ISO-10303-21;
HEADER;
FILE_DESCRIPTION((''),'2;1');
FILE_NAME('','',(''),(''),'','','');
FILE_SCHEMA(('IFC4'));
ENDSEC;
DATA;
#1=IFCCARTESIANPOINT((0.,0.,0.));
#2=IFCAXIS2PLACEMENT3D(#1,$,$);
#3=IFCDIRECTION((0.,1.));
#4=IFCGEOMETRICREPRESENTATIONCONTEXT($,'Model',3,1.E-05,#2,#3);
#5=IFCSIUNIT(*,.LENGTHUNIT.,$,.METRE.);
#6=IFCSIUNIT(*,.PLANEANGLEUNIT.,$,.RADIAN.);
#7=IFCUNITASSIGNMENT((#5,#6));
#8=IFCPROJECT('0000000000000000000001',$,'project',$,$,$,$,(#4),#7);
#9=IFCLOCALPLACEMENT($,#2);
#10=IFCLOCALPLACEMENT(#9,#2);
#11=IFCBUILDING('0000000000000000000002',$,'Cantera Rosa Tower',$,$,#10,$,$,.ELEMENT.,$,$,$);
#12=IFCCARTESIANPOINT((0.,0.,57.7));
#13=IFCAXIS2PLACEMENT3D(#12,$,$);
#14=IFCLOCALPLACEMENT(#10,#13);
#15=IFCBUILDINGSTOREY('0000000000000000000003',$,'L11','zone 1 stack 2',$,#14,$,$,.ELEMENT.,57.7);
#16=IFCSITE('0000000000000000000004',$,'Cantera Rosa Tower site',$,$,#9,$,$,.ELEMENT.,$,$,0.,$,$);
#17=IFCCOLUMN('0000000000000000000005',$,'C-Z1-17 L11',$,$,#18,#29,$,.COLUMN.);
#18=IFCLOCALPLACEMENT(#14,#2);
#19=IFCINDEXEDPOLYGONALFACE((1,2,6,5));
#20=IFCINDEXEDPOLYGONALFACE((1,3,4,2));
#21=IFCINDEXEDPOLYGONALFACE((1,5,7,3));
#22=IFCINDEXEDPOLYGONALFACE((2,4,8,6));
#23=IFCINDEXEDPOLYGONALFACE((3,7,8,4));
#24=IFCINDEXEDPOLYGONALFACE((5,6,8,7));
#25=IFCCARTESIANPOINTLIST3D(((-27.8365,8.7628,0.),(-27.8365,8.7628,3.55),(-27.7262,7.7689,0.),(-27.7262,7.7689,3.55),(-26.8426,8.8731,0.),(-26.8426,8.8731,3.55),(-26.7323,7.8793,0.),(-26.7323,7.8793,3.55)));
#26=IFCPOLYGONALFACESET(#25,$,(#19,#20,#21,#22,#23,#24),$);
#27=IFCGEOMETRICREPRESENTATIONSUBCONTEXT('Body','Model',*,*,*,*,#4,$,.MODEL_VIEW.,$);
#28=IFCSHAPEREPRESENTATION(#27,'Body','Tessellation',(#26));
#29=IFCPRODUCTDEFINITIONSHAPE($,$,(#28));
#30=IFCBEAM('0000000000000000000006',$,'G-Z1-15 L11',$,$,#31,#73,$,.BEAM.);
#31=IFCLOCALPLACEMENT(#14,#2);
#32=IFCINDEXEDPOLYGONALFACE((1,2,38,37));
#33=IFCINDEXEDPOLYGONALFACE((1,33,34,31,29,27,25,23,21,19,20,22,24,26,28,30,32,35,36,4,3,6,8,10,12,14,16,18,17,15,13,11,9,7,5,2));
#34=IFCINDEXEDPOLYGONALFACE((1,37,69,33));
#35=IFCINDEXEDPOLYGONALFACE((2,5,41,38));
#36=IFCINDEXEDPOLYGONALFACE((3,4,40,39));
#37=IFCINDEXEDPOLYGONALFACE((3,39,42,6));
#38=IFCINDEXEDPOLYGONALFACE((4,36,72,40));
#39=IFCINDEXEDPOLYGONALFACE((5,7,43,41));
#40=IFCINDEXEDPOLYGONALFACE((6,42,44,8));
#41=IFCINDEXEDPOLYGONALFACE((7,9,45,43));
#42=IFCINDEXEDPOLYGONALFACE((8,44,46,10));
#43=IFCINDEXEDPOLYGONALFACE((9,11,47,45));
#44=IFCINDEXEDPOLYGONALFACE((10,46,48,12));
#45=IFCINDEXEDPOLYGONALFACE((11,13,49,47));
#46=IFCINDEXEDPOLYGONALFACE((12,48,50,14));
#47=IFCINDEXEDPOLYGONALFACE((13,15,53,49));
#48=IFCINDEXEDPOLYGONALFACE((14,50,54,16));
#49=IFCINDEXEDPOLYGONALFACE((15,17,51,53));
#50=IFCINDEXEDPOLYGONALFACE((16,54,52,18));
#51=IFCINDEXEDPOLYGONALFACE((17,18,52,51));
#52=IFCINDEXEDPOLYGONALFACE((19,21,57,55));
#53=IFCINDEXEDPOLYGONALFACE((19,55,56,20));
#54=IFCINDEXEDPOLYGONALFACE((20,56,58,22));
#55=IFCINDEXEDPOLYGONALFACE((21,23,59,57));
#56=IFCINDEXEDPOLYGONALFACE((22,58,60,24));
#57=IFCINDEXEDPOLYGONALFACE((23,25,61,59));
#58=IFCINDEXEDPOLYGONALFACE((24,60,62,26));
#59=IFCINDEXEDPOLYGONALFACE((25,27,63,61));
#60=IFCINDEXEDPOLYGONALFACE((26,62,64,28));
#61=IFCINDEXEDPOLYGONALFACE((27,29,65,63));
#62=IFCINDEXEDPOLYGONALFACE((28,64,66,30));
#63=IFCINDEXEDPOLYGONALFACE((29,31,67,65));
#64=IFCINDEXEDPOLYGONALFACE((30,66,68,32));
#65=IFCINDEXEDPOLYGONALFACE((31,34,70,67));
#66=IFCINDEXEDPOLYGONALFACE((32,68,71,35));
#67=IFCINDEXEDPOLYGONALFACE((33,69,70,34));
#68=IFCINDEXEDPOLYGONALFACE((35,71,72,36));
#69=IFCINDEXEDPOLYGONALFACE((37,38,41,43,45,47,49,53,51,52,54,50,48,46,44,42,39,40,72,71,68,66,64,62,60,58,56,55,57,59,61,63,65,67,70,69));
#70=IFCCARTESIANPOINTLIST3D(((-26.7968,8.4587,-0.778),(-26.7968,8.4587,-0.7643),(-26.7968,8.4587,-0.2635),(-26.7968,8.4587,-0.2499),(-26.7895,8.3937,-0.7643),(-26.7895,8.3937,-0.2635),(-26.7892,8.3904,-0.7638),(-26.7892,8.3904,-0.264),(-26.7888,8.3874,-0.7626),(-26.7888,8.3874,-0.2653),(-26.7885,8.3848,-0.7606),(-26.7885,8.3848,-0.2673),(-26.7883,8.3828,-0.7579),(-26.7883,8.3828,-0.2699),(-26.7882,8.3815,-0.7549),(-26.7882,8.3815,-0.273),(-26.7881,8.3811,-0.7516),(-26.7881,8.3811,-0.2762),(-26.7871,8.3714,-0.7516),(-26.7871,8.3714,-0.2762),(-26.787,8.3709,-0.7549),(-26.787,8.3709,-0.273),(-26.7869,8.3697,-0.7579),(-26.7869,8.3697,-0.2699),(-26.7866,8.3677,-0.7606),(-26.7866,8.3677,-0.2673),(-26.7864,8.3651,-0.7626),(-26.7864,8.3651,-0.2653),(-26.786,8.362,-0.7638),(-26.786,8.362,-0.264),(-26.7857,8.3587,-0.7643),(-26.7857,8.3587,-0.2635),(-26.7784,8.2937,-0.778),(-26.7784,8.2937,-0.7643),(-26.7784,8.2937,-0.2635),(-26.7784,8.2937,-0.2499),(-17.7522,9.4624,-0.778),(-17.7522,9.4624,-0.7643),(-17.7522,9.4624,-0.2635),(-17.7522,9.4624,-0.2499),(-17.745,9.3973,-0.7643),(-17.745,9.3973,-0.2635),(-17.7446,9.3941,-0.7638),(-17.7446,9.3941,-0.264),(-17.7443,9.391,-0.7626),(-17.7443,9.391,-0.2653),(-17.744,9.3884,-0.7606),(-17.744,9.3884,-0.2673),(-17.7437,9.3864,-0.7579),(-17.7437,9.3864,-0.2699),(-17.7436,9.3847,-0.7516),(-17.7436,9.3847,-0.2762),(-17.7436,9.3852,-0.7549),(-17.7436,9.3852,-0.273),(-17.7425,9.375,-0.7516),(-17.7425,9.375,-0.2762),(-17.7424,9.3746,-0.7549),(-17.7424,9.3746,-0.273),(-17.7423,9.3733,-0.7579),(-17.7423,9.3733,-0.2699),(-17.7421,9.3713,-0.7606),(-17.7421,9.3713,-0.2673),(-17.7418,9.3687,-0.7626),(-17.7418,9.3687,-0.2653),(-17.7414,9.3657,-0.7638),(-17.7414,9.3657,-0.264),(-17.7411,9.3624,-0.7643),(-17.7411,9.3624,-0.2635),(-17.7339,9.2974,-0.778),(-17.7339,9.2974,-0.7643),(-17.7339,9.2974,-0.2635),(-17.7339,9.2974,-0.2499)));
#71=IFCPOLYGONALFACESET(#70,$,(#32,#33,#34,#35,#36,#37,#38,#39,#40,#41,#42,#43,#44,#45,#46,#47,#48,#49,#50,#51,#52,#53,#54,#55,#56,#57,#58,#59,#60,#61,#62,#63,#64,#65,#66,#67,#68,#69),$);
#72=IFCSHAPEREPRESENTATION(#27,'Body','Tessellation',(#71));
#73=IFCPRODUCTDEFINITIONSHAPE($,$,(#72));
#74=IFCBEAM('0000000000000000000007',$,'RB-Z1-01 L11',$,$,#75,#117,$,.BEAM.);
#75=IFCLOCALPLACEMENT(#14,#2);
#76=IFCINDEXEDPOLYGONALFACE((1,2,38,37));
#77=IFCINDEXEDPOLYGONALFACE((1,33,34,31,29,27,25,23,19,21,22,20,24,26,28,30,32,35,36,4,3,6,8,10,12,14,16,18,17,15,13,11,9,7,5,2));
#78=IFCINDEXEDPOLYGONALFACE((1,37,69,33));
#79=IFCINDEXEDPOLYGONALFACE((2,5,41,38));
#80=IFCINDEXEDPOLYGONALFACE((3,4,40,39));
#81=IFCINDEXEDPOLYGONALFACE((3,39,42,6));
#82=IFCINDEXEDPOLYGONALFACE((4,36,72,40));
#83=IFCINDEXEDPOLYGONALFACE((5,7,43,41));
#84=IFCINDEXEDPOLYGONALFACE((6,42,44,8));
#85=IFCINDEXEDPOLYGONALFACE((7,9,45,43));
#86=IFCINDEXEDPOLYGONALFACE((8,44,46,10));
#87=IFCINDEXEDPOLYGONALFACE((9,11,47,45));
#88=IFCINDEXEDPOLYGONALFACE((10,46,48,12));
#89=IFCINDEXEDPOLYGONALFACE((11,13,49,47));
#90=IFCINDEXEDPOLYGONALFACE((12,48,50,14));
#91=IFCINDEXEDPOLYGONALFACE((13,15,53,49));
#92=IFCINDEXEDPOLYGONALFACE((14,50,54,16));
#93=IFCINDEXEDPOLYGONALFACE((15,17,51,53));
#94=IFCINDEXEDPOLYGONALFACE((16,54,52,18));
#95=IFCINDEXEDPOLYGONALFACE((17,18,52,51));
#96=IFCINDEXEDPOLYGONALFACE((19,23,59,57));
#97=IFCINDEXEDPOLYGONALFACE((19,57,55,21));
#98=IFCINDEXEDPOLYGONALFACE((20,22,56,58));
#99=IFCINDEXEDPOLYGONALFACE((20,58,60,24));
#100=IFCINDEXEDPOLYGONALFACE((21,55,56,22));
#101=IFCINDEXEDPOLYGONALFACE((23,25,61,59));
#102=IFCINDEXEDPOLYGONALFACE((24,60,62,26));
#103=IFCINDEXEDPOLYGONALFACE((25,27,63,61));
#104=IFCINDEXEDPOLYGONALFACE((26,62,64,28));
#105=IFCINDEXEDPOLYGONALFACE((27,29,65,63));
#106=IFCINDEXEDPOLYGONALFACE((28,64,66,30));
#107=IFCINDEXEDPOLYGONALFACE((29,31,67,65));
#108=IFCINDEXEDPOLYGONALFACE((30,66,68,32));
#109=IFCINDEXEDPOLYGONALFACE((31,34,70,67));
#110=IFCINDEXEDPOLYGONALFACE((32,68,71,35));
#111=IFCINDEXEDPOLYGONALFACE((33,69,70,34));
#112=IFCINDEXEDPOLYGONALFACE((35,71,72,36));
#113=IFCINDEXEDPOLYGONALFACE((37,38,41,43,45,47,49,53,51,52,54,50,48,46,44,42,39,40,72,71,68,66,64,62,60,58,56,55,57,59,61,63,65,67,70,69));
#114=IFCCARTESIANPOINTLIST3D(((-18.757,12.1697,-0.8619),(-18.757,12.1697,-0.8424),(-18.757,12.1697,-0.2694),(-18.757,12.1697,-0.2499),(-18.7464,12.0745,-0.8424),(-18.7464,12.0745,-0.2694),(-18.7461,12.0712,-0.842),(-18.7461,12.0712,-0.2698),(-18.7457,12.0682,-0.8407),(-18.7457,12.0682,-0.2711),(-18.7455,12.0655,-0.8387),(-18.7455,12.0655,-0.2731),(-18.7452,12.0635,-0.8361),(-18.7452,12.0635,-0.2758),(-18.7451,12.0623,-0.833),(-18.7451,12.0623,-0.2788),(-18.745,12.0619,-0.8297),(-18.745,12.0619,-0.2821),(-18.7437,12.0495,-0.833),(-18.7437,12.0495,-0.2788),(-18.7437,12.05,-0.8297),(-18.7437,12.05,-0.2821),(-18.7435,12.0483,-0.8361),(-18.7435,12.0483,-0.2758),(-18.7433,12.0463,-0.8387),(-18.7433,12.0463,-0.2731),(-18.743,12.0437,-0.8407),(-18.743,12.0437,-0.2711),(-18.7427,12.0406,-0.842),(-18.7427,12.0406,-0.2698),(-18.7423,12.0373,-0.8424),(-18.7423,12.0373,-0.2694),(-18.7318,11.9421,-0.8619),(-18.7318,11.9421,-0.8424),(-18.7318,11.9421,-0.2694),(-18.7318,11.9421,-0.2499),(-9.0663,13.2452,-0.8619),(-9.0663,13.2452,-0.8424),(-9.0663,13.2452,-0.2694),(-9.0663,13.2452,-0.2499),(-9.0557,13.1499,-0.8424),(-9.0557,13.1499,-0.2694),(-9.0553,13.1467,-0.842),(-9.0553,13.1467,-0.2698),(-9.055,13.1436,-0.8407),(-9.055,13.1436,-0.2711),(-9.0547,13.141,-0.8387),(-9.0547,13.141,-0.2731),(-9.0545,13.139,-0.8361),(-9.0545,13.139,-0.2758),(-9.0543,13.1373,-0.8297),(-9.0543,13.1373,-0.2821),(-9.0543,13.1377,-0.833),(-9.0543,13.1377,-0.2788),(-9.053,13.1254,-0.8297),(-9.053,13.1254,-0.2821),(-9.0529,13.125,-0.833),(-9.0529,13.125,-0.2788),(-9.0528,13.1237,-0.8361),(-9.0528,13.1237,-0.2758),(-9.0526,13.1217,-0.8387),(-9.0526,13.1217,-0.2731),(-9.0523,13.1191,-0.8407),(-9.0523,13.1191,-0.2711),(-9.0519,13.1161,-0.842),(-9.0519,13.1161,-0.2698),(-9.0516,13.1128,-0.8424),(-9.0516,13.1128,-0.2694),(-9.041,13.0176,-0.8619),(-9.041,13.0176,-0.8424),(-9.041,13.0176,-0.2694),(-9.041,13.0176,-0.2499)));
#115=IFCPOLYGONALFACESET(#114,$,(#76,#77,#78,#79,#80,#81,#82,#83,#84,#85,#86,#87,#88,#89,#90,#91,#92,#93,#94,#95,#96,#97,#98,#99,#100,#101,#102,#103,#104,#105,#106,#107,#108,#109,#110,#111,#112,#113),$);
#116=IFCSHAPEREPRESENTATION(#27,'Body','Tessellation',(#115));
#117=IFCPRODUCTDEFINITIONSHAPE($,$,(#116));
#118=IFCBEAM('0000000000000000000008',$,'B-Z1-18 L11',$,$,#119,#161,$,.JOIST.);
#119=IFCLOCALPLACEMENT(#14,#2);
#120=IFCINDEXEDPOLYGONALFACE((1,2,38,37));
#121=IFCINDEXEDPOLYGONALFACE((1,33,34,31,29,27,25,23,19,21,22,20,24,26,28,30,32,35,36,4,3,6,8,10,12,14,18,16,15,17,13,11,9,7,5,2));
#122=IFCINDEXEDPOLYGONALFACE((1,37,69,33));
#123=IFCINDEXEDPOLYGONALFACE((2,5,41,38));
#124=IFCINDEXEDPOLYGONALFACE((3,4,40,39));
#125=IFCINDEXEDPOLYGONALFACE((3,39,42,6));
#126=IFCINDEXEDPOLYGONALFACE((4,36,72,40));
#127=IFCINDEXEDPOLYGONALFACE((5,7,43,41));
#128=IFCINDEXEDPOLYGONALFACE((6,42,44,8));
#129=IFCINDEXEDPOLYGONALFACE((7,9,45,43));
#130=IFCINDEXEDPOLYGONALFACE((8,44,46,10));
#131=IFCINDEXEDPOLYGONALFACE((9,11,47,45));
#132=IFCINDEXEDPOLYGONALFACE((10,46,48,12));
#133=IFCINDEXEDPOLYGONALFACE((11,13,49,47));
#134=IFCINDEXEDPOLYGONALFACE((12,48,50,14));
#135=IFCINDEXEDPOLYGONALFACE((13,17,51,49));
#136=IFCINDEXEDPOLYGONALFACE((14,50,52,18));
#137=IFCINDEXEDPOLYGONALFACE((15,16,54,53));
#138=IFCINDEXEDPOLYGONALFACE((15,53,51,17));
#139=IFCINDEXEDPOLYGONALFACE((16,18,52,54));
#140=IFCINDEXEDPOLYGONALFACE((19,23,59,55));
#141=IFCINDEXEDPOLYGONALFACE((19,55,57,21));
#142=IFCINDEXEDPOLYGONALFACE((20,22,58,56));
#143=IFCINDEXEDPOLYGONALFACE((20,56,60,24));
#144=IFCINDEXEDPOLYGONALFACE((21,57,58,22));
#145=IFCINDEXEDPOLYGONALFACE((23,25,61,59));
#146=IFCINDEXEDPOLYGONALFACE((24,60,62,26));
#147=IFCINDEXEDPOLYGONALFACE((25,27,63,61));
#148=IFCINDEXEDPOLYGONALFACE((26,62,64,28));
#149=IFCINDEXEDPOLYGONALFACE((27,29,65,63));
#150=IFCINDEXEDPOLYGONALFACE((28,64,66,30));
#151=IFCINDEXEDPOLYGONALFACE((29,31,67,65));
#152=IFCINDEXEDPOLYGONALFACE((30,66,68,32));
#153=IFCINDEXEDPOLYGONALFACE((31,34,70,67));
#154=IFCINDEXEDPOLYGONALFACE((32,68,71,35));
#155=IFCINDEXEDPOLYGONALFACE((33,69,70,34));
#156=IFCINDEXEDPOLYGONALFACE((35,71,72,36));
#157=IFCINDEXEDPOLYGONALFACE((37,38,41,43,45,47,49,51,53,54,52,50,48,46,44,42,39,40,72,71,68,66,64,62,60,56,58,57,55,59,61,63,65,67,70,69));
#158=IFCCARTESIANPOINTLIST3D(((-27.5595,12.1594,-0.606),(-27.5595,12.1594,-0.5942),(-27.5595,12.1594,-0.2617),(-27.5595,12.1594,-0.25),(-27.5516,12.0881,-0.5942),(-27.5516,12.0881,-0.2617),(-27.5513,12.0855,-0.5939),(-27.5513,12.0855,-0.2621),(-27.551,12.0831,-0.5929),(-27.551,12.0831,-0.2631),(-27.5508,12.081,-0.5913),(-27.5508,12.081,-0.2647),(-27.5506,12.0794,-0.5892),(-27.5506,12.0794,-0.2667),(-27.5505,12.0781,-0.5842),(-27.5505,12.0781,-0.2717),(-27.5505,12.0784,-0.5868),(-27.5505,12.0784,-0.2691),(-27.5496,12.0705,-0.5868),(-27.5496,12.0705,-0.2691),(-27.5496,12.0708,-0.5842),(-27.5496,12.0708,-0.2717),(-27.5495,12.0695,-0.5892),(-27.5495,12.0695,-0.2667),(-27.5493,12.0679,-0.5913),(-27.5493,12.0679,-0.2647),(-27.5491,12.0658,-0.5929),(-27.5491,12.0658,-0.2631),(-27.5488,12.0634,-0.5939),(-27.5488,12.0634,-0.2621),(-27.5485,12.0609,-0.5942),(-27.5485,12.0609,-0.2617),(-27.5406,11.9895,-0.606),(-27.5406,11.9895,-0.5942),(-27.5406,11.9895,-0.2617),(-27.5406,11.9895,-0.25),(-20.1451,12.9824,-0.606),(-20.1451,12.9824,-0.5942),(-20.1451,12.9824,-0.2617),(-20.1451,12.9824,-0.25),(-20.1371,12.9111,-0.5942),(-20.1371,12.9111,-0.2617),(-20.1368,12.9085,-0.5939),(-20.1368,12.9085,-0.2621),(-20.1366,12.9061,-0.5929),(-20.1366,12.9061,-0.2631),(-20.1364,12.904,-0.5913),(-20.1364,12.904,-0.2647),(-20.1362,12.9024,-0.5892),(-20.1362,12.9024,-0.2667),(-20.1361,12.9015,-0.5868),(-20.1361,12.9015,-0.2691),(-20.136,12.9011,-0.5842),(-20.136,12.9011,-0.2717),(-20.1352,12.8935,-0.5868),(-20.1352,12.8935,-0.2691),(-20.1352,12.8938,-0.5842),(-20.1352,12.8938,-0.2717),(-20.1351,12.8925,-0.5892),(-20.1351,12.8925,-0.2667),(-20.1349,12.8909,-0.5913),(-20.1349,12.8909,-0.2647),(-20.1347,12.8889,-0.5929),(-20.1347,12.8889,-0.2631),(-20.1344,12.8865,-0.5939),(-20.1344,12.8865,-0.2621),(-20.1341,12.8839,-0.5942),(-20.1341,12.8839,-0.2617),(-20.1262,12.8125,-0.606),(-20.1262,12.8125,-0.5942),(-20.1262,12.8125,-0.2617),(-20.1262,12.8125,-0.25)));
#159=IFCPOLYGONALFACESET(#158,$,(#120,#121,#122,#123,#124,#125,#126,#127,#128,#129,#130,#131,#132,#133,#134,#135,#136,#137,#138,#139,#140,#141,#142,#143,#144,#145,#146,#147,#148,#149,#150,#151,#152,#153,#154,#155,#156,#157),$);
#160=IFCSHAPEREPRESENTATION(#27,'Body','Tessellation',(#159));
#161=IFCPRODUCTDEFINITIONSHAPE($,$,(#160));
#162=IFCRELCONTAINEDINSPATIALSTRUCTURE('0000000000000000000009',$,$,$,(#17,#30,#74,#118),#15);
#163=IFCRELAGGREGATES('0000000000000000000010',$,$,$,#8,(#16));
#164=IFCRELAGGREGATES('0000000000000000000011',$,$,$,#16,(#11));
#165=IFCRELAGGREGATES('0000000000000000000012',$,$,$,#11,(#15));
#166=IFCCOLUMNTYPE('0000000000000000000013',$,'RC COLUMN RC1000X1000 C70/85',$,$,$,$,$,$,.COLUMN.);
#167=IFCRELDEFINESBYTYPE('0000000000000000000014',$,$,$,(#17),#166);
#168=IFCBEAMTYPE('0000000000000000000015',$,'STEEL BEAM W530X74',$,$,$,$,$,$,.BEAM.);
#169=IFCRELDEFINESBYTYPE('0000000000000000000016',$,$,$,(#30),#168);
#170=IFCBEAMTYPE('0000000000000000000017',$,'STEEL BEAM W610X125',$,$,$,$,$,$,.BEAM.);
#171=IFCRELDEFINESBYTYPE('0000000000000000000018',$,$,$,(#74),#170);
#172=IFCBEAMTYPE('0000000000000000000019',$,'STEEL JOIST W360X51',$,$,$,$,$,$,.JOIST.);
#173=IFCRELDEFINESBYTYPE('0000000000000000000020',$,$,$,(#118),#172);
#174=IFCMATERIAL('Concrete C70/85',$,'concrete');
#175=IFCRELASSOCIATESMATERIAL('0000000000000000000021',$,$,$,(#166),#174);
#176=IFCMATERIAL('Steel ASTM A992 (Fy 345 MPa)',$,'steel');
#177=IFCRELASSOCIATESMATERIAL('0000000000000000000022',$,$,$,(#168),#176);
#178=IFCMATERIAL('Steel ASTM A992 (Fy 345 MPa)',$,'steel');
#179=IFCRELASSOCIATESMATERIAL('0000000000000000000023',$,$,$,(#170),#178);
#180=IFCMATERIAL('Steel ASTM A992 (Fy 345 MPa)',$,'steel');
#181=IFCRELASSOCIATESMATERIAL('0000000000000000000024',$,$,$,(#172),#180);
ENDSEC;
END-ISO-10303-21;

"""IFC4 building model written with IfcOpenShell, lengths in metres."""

from ifc_helpers import new_model, si_unit, direction, frame, origin, origin_2d, place, context, subcontext, project, spatial, rectangle, i_section, extrude, material, material_profile, profile_set, type_object, element, save


model = new_model("IFC4")

# Units and contexts
model_context = context("Model", 3, precision=1e-05, world=origin(), true_north=direction((0.0, 1.0)))
body_context = subcontext(model_context, "Body", "Model", "MODEL_VIEW")
ifc_project = project(units=[si_unit("LENGTHUNIT", "METRE"), si_unit("PLANEANGLEUNIT", "RADIAN")], contexts=[model_context])

# Site, building, storey
site_placement = place(None, origin())
site = spatial("IfcSite", under=ifc_project, at=site_placement, Name="Cantera Rosa Tower site", CompositionType="ELEMENT", RefElevation=0.0)
building_placement = place(site_placement, origin())
building = spatial("IfcBuilding", under=site, at=building_placement, Name="Cantera Rosa Tower", CompositionType="ELEMENT")
storey_placement = place(building_placement, frame((0.0, 0.0, 57.7)))
storey = spatial("IfcBuildingStorey", under=building, at=storey_placement, Name="L11", Description="zone 1 stack 2", CompositionType="ELEMENT", Elevation=57.7)

# Column
ifc_material_1 = material(Name="Concrete C70/85", Category="concrete")
ifc_material_profile_1 = material_profile(ifc_material_1, rectangle(XDim=1.0, YDim=1.0, at=origin_2d()), Name="RC COLUMN RC1000X1000 C70/85")
ifc_profile_set_1 = profile_set([ifc_material_profile_1], Name="Concrete C70/85")
column_type = type_object("IfcColumnType", Name="RC COLUMN RC1000X1000 C70/85", PredefinedType="COLUMN", material=ifc_profile_set_1)
column_placement = place(storey_placement, frame((-27.2844, 8.321, 0.0), z_axis=(0.0, 0.0, 1.0), x_axis=(0.993897, 0.110313, 0.0)))
element("IfcColumn", 1, at=column_placement, inside=storey, type_object=column_type, Name="C-Z1-17 L11", PredefinedType="COLUMN", context=body_context, shape_type="SweptSolid", body=[
    extrude(rectangle(XDim=1.0, YDim=1.0, at=origin_2d()), origin(), (0.0, 0.0, 1.0), 3.55),
])

# Beams
ifc_material_2 = material(Name="Steel ASTM A992 (Fy 345 MPa)", Category="steel")
ifc_material_profile_2 = material_profile(ifc_material_2, i_section(OverallWidth=0.166, OverallDepth=0.5281, WebThickness=0.0098, FlangeThickness=0.0137, FilletRadius=0.0127, at=origin_2d()), Name="W530X74")
ifc_profile_set_2 = profile_set([ifc_material_profile_2], Name="Steel ASTM A992 (Fy 345 MPa)")
beam_type_1 = type_object("IfcBeamType", Name="STEEL BEAM W530X74", PredefinedType="BEAM", material=ifc_profile_set_2)
beam_1_placement = place(storey_placement, frame((-26.7876, 8.3762, -0.5139), z_axis=(0.993899, 0.11029, 0.0), x_axis=(-0.11029, 0.993899, 0.0)))
element("IfcBeam", 2, at=beam_1_placement, inside=storey, type_object=beam_type_1, Name="G-Z1-15 L11", PredefinedType="BEAM", context=body_context, shape_type="SweptSolid", body=[
    extrude(i_section(OverallWidth=0.166, OverallDepth=0.5281, WebThickness=0.0098, FlangeThickness=0.0137, FilletRadius=0.0127, at=origin_2d()), origin(), (0.0, 0.0, 1.0), 9.1001),
])
ifc_material_3 = material(Name="Steel ASTM A992 (Fy 345 MPa)", Category="steel")
ifc_material_profile_3 = material_profile(ifc_material_3, i_section(OverallWidth=0.229, OverallDepth=0.6121, WebThickness=0.012, FlangeThickness=0.0195, FilletRadius=0.0127, at=origin_2d()), Name="W610X125")
ifc_profile_set_3 = profile_set([ifc_material_profile_3], Name="Steel ASTM A992 (Fy 345 MPa)")
beam_type_2 = type_object("IfcBeamType", Name="STEEL BEAM W610X125", PredefinedType="BEAM", material=ifc_profile_set_3)
beam_2_placement = place(storey_placement, frame((-18.7444, 12.0559, -0.5559), z_axis=(0.993898, 0.1103, 0.0), x_axis=(-0.1103, 0.993898, 0.0)))
element("IfcBeam", 3, at=beam_2_placement, inside=storey, type_object=beam_type_2, Name="RB-Z1-01 L11", PredefinedType="BEAM", context=body_context, shape_type="SweptSolid", body=[
    extrude(i_section(OverallWidth=0.229, OverallDepth=0.6121, WebThickness=0.012, FlangeThickness=0.0195, FilletRadius=0.0127, at=origin_2d()), origin(), (0.0, 0.0, 1.0), 9.7502),
])
ifc_material_4 = material(Name="Steel ASTM A992 (Fy 345 MPa)", Category="steel")
ifc_material_profile_4 = material_profile(ifc_material_4, i_section(OverallWidth=0.1709, OverallDepth=0.356, WebThickness=0.0073, FlangeThickness=0.0117, FilletRadius=0.01, at=origin_2d()), Name="W360X51")
ifc_profile_set_4 = profile_set([ifc_material_profile_4], Name="Steel ASTM A992 (Fy 345 MPa)")
beam_type_3 = type_object("IfcBeamType", Name="STEEL JOIST W360X51", PredefinedType="JOIST", material=ifc_profile_set_4)
beam_3_placement = place(storey_placement, frame((-27.55, 12.0745, -0.428), z_axis=(0.993896, 0.110324, 0.0), x_axis=(-0.110324, 0.993896, 0.0)))
element("IfcBeam", 4, at=beam_3_placement, inside=storey, type_object=beam_type_3, Name="B-Z1-18 L11", PredefinedType="JOIST", context=body_context, shape_type="SweptSolid", body=[
    extrude(i_section(OverallWidth=0.1709, OverallDepth=0.356, WebThickness=0.0073, FlangeThickness=0.0117, FilletRadius=0.01, at=origin_2d()), origin(), (0.0, 0.0, 1.0), 7.46),
])

save(model, "model.ifc")
